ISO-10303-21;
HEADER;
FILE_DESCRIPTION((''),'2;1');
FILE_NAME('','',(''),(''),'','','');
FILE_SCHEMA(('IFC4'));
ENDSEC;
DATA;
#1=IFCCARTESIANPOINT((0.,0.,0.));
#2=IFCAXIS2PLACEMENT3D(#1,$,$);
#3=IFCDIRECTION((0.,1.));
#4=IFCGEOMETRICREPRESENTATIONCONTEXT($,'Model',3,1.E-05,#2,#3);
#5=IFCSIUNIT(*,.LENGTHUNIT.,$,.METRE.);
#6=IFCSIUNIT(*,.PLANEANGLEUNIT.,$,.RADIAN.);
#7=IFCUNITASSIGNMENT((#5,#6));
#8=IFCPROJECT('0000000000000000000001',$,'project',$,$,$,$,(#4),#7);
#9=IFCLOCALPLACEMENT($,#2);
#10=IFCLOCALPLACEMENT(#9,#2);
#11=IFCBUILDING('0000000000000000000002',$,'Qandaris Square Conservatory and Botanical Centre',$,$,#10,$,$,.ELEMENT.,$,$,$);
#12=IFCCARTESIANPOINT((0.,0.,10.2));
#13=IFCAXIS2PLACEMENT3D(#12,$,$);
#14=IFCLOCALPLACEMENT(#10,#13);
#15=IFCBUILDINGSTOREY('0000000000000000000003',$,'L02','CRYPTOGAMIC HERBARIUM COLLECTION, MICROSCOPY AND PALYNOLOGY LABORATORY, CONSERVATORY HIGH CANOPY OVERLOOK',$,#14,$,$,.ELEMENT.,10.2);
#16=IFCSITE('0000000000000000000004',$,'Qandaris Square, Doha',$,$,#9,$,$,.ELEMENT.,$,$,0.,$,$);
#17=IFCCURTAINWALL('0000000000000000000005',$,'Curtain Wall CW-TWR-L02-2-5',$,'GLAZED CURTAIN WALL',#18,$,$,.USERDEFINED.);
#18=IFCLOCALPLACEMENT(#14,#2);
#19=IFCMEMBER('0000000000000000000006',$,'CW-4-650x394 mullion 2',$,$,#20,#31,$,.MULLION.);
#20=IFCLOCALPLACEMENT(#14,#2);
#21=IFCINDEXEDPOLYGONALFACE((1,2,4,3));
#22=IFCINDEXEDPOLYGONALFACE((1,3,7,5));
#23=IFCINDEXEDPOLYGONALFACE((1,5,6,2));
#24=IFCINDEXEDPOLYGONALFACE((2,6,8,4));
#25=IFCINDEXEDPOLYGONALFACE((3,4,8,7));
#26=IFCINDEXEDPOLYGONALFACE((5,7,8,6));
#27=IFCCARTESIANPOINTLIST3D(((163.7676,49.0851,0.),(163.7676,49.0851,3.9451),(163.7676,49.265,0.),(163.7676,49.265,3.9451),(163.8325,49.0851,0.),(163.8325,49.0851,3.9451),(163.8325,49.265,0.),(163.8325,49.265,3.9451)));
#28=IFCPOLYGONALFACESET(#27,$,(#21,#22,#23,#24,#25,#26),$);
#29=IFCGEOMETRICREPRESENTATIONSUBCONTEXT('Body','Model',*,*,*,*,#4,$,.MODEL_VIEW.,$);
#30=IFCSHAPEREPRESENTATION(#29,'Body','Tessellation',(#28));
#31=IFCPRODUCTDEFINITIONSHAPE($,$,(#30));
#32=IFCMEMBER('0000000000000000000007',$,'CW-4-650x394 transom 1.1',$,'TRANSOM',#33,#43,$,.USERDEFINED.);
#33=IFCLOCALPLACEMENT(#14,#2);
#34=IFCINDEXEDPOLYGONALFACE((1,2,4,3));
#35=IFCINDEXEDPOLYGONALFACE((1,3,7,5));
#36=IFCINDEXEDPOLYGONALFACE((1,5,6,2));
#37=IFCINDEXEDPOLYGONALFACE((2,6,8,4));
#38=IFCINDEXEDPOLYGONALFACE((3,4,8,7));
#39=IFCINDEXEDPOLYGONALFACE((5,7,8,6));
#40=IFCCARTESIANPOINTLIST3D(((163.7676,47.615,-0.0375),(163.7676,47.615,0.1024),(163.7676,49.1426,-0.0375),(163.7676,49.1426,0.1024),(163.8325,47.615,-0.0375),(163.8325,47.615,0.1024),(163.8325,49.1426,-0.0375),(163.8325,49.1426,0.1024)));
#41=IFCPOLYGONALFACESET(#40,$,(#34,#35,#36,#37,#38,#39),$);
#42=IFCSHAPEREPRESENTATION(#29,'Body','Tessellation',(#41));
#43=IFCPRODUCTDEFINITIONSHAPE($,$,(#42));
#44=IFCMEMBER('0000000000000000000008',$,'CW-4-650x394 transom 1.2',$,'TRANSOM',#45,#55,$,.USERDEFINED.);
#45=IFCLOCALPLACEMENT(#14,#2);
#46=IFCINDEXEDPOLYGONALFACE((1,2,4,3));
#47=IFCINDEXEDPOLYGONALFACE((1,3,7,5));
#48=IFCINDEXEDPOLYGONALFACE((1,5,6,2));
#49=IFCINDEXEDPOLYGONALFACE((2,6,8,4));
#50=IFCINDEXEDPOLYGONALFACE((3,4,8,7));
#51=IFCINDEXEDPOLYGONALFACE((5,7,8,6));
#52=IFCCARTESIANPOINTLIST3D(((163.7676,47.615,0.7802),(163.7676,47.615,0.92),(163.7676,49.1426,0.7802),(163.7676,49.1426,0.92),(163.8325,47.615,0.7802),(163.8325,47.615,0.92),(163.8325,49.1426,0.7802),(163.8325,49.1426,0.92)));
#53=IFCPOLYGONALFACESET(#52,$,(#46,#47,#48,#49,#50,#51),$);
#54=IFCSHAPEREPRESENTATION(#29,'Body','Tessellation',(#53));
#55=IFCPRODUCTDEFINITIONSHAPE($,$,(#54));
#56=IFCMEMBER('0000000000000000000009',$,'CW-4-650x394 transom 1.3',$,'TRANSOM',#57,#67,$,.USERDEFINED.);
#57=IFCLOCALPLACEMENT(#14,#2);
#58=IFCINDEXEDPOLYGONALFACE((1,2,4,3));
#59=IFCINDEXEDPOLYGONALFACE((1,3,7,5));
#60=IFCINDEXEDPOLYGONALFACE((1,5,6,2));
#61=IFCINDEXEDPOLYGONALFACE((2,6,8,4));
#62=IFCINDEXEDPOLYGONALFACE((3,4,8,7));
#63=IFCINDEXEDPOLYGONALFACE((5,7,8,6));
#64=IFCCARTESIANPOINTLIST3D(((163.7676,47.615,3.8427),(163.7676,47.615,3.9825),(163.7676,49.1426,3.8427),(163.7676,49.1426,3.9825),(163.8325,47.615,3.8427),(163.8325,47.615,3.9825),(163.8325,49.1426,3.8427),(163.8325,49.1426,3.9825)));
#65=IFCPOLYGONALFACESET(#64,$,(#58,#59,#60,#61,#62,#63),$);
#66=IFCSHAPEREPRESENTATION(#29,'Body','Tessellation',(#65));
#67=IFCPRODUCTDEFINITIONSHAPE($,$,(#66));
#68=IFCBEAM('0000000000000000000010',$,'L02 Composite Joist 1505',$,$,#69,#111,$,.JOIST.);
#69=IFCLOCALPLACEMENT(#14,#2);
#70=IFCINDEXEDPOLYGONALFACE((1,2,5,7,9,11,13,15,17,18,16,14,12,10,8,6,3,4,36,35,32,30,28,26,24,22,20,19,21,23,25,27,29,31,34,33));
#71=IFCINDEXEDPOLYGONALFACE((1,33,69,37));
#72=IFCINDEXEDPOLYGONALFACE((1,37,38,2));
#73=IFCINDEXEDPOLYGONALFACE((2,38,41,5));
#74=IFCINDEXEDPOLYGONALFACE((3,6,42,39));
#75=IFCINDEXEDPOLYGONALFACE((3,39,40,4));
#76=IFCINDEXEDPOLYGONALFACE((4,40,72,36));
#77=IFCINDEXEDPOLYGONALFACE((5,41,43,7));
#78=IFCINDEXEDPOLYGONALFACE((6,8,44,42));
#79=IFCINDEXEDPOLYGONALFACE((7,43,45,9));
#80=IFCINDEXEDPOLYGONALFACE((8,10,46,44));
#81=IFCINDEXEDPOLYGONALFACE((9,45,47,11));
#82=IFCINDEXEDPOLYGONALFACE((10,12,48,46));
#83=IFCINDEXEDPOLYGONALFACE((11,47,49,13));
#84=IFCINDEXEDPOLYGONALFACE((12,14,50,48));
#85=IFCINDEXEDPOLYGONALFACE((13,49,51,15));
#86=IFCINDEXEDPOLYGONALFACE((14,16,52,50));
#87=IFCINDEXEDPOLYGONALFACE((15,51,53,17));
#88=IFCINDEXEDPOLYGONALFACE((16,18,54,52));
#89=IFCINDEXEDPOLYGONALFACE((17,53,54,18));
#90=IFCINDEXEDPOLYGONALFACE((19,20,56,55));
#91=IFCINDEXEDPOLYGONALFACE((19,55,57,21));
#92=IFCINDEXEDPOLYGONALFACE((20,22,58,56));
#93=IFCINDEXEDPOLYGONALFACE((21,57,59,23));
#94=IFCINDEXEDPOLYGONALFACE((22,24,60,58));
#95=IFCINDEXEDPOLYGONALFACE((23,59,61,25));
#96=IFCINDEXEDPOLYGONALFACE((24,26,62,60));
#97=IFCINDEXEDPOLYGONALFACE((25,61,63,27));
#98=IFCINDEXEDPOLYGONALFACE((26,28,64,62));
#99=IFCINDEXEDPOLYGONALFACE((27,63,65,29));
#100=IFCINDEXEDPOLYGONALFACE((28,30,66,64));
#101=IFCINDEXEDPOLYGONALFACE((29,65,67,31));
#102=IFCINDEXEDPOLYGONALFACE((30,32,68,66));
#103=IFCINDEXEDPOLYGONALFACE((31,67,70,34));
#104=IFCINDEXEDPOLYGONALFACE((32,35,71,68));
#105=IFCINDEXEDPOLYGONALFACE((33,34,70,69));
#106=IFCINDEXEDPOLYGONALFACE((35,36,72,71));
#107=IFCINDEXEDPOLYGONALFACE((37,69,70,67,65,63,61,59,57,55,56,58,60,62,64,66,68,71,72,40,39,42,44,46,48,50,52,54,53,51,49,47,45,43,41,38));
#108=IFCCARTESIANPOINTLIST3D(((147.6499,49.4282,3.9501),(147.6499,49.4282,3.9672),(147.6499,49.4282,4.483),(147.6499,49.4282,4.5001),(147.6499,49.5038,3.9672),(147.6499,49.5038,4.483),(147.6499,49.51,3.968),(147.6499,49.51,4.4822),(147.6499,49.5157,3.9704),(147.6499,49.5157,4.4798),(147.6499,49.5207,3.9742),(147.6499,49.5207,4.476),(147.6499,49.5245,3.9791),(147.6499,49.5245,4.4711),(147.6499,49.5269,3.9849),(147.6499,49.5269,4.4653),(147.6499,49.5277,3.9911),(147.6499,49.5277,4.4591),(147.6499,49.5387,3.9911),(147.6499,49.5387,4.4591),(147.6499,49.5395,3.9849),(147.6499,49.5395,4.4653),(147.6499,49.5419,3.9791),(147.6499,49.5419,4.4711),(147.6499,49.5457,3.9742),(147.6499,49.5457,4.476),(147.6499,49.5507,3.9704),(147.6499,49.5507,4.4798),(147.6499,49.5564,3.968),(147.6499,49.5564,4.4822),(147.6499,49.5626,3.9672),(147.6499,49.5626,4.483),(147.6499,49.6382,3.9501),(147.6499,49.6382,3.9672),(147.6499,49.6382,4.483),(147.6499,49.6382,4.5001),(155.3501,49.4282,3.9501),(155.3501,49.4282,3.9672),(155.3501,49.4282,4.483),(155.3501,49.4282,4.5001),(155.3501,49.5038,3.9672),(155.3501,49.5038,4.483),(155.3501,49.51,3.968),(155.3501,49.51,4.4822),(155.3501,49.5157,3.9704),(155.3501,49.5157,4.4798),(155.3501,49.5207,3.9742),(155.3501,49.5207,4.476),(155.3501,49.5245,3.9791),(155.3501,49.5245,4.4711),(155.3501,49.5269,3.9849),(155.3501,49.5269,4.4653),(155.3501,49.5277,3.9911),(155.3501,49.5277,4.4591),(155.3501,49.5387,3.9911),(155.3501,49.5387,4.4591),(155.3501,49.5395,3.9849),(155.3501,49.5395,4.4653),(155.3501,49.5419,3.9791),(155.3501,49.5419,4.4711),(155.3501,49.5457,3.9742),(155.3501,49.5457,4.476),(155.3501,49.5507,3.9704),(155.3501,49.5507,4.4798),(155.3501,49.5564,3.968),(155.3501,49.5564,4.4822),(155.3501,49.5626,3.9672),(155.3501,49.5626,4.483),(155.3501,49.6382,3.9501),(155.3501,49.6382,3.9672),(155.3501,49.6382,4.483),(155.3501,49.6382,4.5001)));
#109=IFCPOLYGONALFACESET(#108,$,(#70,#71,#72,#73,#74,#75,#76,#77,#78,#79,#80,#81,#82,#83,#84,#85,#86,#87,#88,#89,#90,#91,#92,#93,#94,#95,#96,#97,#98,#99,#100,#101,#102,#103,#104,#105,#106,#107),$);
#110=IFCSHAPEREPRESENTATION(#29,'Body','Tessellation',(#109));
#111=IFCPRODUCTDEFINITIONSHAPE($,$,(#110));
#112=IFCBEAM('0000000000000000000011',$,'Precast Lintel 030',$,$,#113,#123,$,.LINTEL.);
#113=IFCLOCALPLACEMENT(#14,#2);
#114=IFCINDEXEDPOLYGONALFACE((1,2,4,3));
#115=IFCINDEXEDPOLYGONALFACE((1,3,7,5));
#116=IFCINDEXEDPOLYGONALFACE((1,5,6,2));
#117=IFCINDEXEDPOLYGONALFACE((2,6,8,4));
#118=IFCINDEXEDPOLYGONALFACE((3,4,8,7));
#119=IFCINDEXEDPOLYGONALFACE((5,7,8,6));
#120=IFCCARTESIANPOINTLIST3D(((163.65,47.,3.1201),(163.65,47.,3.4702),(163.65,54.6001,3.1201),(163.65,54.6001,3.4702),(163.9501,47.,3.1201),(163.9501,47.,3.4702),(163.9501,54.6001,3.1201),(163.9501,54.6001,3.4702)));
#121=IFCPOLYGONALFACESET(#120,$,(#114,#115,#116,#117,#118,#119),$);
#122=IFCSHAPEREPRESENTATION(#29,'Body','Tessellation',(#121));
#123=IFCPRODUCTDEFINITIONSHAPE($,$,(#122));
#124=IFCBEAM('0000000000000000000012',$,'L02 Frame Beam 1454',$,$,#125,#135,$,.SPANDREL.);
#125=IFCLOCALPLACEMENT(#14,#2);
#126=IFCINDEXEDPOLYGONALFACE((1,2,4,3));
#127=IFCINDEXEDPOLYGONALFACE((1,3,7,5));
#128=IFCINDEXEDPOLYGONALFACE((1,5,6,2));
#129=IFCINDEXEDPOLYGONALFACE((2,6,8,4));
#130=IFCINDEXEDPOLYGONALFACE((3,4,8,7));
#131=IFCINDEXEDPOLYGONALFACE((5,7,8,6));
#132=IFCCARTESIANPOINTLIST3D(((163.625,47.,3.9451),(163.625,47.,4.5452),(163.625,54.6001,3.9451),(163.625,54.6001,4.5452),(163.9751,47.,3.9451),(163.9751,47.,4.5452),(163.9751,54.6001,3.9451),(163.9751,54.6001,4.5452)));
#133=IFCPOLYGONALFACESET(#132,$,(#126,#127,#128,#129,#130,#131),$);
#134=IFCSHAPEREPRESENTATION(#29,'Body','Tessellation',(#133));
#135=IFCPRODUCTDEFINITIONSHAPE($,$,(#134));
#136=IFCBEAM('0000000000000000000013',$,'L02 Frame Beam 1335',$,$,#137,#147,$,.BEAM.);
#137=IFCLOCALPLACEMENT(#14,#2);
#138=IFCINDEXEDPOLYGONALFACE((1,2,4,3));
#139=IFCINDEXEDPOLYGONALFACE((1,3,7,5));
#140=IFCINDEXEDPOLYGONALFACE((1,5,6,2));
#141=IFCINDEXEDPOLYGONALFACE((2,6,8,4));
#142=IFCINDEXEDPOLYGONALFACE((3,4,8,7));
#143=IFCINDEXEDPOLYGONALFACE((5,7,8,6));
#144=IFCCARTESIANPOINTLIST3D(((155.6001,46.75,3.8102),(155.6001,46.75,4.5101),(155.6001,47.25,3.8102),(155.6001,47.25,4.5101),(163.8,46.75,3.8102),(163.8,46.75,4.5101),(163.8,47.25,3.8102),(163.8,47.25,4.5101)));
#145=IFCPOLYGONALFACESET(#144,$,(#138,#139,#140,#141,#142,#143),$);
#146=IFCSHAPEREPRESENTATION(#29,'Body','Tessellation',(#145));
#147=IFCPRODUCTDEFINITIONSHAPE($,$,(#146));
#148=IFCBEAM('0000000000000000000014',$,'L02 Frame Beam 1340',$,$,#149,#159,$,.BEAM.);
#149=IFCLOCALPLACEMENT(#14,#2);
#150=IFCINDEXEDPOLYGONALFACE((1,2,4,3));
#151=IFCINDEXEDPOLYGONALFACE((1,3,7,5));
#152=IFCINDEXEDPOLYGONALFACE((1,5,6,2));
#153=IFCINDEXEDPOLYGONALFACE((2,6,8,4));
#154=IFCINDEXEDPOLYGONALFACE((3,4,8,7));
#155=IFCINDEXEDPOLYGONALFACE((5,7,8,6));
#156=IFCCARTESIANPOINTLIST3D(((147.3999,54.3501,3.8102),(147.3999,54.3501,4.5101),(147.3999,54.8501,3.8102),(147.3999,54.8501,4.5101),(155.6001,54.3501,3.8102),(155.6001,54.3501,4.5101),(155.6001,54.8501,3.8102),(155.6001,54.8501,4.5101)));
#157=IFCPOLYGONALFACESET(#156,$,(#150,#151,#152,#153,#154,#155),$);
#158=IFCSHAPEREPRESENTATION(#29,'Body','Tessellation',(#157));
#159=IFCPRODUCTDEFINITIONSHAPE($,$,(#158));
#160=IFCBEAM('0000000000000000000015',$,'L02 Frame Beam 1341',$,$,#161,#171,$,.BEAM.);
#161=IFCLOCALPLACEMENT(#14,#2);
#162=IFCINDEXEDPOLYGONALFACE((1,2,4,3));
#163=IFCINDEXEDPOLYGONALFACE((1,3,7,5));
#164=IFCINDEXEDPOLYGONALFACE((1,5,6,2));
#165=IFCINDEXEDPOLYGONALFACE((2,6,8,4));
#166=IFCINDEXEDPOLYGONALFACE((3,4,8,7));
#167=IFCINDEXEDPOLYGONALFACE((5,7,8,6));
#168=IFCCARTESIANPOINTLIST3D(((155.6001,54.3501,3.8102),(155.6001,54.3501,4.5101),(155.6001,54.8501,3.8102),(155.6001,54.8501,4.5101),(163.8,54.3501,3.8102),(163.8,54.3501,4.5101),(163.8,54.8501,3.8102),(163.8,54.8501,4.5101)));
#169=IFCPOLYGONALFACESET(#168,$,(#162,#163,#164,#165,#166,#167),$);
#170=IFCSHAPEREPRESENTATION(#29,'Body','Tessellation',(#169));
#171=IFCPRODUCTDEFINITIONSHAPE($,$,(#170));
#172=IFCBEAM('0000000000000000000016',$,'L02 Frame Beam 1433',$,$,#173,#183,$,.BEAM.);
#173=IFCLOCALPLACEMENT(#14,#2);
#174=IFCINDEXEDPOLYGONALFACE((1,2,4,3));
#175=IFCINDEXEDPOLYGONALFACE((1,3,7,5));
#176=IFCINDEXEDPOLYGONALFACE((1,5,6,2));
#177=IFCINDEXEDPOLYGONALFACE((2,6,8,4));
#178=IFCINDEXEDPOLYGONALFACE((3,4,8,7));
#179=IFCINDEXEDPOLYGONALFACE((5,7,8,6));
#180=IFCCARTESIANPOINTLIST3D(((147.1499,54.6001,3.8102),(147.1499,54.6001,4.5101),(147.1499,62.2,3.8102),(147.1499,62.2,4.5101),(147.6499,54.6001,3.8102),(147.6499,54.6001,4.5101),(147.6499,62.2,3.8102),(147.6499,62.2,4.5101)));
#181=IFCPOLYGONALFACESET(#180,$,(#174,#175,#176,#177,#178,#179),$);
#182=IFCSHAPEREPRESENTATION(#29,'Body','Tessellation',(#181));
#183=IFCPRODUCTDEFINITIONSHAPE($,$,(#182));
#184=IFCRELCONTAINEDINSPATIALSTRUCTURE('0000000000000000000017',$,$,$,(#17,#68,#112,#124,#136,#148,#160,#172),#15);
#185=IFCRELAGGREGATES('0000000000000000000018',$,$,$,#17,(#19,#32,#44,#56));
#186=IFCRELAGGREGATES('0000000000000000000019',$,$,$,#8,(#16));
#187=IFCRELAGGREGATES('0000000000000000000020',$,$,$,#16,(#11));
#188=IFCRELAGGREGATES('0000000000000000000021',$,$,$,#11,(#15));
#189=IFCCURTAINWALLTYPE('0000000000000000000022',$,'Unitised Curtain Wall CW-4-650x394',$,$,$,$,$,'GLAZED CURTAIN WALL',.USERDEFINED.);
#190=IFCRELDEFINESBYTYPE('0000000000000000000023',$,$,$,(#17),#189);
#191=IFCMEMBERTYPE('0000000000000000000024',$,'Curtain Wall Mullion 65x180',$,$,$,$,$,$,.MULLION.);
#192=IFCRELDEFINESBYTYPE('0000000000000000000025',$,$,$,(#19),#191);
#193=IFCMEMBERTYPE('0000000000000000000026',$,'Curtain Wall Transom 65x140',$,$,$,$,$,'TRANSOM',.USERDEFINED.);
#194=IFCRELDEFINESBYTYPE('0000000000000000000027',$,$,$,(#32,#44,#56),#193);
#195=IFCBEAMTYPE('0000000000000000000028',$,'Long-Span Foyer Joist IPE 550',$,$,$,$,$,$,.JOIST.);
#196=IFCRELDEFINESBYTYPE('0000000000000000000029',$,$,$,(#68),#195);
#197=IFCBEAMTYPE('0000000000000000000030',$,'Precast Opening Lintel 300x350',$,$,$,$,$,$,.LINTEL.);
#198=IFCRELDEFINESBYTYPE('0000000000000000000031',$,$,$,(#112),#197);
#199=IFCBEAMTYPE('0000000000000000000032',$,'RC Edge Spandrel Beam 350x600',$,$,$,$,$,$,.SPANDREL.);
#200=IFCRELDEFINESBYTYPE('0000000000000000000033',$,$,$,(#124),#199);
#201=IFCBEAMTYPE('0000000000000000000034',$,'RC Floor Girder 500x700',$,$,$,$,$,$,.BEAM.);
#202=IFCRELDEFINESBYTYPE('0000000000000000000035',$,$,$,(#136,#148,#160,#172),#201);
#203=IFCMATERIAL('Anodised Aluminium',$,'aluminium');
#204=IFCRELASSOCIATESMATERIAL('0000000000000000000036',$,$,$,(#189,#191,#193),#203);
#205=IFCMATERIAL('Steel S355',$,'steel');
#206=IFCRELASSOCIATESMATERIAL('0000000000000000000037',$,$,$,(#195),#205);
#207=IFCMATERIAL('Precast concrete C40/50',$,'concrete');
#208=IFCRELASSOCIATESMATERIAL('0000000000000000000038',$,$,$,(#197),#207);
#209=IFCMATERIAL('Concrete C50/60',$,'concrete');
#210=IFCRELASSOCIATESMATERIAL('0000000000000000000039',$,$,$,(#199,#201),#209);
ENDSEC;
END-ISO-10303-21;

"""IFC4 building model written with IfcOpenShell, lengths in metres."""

from ifc_helpers import new_model, si_unit, direction, frame, origin, origin_2d, place, context, subcontext, project, spatial, rectangle, i_section, extrude, material, material_profile, profile_set, type_object, element, aggregate, save


model = new_model("IFC4")

# Units and contexts
model_context = context("Model", 3, precision=1e-05, world=origin(), true_north=direction((0.0, 1.0)))
body_context = subcontext(model_context, "Body", "Model", "MODEL_VIEW")
ifc_project = project(units=[si_unit("LENGTHUNIT", "METRE"), si_unit("PLANEANGLEUNIT", "RADIAN")], contexts=[model_context])

# Site, building, storey
site_placement = place(None, origin())
site = spatial("IfcSite", under=ifc_project, at=site_placement, Name="Qandaris Square, Doha", CompositionType="ELEMENT", RefElevation=0.0)
building_placement = place(site_placement, origin())
building = spatial("IfcBuilding", under=site, at=building_placement, Name="Qandaris Square Conservatory and Botanical Centre", CompositionType="ELEMENT")
storey_placement = place(building_placement, frame((0.0, 0.0, 10.2)))
storey = spatial("IfcBuildingStorey", under=building, at=storey_placement, Name="L02", Description="CRYPTOGAMIC HERBARIUM COLLECTION, MICROSCOPY AND PALYNOLOGY LABORATORY, CONSERVATORY HIGH CANOPY OVERLOOK", CompositionType="ELEMENT", Elevation=10.2)

# Shared definitions
ifc_material_1 = material(Name="Concrete C50/60", Category="concrete")

# Shared definitions
ifc_material_2 = material(Name="Steel S355", Category="steel")

# Curtain wall, members
ifc_material_3 = material(Name="Anodised Aluminium", Category="aluminium")
curtain_wall_type = type_object("IfcCurtainWallType", Name="Unitised Curtain Wall CW-4-650x394", ElementType="GLAZED CURTAIN WALL", PredefinedType="USERDEFINED", material=ifc_material_3)
curtain_wall_placement = place(storey_placement, origin())
curtain_wall = element("IfcCurtainWall", 1, at=curtain_wall_placement, inside=storey, type_object=curtain_wall_type, Name="Curtain Wall CW-TWR-L02-2-5", ObjectType="GLAZED CURTAIN WALL", PredefinedType="USERDEFINED")
ifc_material_profile_1 = material_profile(ifc_material_3, rectangle(XDim=0.0649, YDim=0.1799, at=origin_2d()), Name="ALU-MUL 65x180")
ifc_profile_set_1 = profile_set([ifc_material_profile_1], Name="Anodised Aluminium")
member_type_1 = type_object("IfcMemberType", Name="Curtain Wall Mullion 65x180", PredefinedType="MULLION", material=ifc_profile_set_1)
member_1_placement = place(storey_placement, frame((163.8, 49.175, 0.0), z_axis=(0.0, 0.0, 1.0), x_axis=(-1.0, 0.0, 0.0)))
member_1 = element("IfcMember", 2, at=member_1_placement, type_object=member_type_1, Name="CW-4-650x394 mullion 2", PredefinedType="MULLION", context=body_context, shape_type="SweptSolid", body=[
    extrude(rectangle(XDim=0.0649, YDim=0.1799, at=origin_2d()), origin(), (0.0, 0.0, 1.0), 3.9451),
])
ifc_material_profile_2 = material_profile(ifc_material_3, rectangle(XDim=0.0649, YDim=0.1399, at=origin_2d()), Name="ALU-TRN 65x140")
ifc_profile_set_2 = profile_set([ifc_material_profile_2], Name="Anodised Aluminium")
member_type_2 = type_object("IfcMemberType", Name="Curtain Wall Transom 65x140", ElementType="TRANSOM", PredefinedType="USERDEFINED", material=ifc_profile_set_2)
member_2_placement = place(storey_placement, frame((163.8, 47.615, 0.0325), z_axis=(0.0, 1.0, 0.0), x_axis=(-1.0, 0.0, 0.0)))
member_2 = element("IfcMember", 3, at=member_2_placement, type_object=member_type_2, Name="CW-4-650x394 transom 1.1", ObjectType="TRANSOM", PredefinedType="USERDEFINED", context=body_context, shape_type="SweptSolid", body=[
    extrude(rectangle(XDim=0.0649, YDim=0.1399, at=origin_2d()), origin(), (0.0, 0.0, 1.0), 1.5276),
])
member_3_placement = place(storey_placement, frame((163.8, 47.615, 0.8501), z_axis=(0.0, 1.0, 0.0), x_axis=(-1.0, 0.0, 0.0)))
member_3 = element("IfcMember", 4, at=member_3_placement, type_object=member_type_2, Name="CW-4-650x394 transom 1.2", ObjectType="TRANSOM", PredefinedType="USERDEFINED", context=body_context, shape_type="SweptSolid", body=[
    extrude(rectangle(XDim=0.0649, YDim=0.1399, at=origin_2d()), origin(), (0.0, 0.0, 1.0), 1.5276),
])
member_4_placement = place(storey_placement, frame((163.8, 47.615, 3.9126), z_axis=(0.0, 1.0, 0.0), x_axis=(-1.0, 0.0, 0.0)))
member_4 = element("IfcMember", 5, at=member_4_placement, type_object=member_type_2, Name="CW-4-650x394 transom 1.3", ObjectType="TRANSOM", PredefinedType="USERDEFINED", context=body_context, shape_type="SweptSolid", body=[
    extrude(rectangle(XDim=0.0649, YDim=0.1399, at=origin_2d()), origin(), (0.0, 0.0, 1.0), 1.5276),
])

# Beams
ifc_material_profile_3 = material_profile(ifc_material_2, i_section(OverallWidth=0.21, OverallDepth=0.55, WebThickness=0.011, FlangeThickness=0.0171, FilletRadius=0.0239, at=origin_2d()), Name="IPE 550")
ifc_profile_set_3 = profile_set([ifc_material_profile_3], Name="Steel S355")
beam_type_1 = type_object("IfcBeamType", Name="Long-Span Foyer Joist IPE 550", PredefinedType="JOIST", material=ifc_profile_set_3)
beam_1_placement = place(storey_placement, frame((147.6499, 49.5332, 4.2251), z_axis=(1.0, 0.0, 0.0), x_axis=(0.0, 1.0, 0.0)))
element("IfcBeam", 6, at=beam_1_placement, inside=storey, type_object=beam_type_1, Name="L02 Composite Joist 1505", PredefinedType="JOIST", context=body_context, shape_type="SweptSolid", body=[
    extrude(i_section(OverallWidth=0.21, OverallDepth=0.55, WebThickness=0.011, FlangeThickness=0.0171, FilletRadius=0.0239, at=origin_2d()), origin(), (0.0, 0.0, 1.0), 7.7002),
])
ifc_material_4 = material(Name="Precast concrete C40/50", Category="concrete")
ifc_material_profile_4 = material_profile(ifc_material_4, rectangle(XDim=0.3, YDim=0.3501, at=origin_2d()), Name="RC-LN 300x350")
ifc_profile_set_4 = profile_set([ifc_material_profile_4], Name="Precast concrete C40/50")
beam_type_2 = type_object("IfcBeamType", Name="Precast Opening Lintel 300x350", PredefinedType="LINTEL", material=ifc_profile_set_4)
beam_2_placement = place(storey_placement, frame((163.8, 47.0, 3.2952), z_axis=(0.0, 1.0, 0.0), x_axis=(-1.0, 0.0, 0.0)))
element("IfcBeam", 7, at=beam_2_placement, inside=storey, type_object=beam_type_2, Name="Precast Lintel 030", PredefinedType="LINTEL", context=body_context, shape_type="SweptSolid", body=[
    extrude(rectangle(XDim=0.3, YDim=0.3501, at=origin_2d()), origin(), (0.0, 0.0, 1.0), 7.6001),
])
ifc_material_profile_5 = material_profile(ifc_material_1, rectangle(XDim=0.3501, YDim=0.6001, at=origin_2d()), Name="RC-SP 350x600")
ifc_profile_set_5 = profile_set([ifc_material_profile_5], Name="Concrete C50/60")
beam_type_3 = type_object("IfcBeamType", Name="RC Edge Spandrel Beam 350x600", PredefinedType="SPANDREL", material=ifc_profile_set_5)
beam_3_placement = place(storey_placement, frame((163.8, 47.0, 4.2451), z_axis=(0.0, 1.0, 0.0), x_axis=(-1.0, 0.0, 0.0)))
element("IfcBeam", 8, at=beam_3_placement, inside=storey, type_object=beam_type_3, Name="L02 Frame Beam 1454", PredefinedType="SPANDREL", context=body_context, shape_type="SweptSolid", body=[
    extrude(rectangle(XDim=0.3501, YDim=0.6001, at=origin_2d()), origin(), (0.0, 0.0, 1.0), 7.6001),
])
ifc_material_profile_6 = material_profile(ifc_material_1, rectangle(XDim=0.5, YDim=0.7, at=origin_2d()), Name="RC-BM 500x700")
ifc_profile_set_6 = profile_set([ifc_material_profile_6], Name="Concrete C50/60")
beam_type_4 = type_object("IfcBeamType", Name="RC Floor Girder 500x700", PredefinedType="BEAM", material=ifc_profile_set_6)
beam_4_placement = place(storey_placement, frame((155.6001, 47.0, 4.1602), z_axis=(1.0, 0.0, 0.0), x_axis=(0.0, 1.0, 0.0)))
element("IfcBeam", 9, at=beam_4_placement, inside=storey, type_object=beam_type_4, Name="L02 Frame Beam 1335", PredefinedType="BEAM", context=body_context, shape_type="SweptSolid", body=[
    extrude(rectangle(XDim=0.5, YDim=0.7, at=origin_2d()), origin(), (0.0, 0.0, 1.0), 8.2),
])
beam_5_placement = place(storey_placement, frame((147.3999, 54.6001, 4.1602), z_axis=(1.0, 0.0, 0.0), x_axis=(0.0, 1.0, 0.0)))
element("IfcBeam", 10, at=beam_5_placement, inside=storey, type_object=beam_type_4, Name="L02 Frame Beam 1340", PredefinedType="BEAM", context=body_context, shape_type="SweptSolid", body=[
    extrude(rectangle(XDim=0.5, YDim=0.7, at=origin_2d()), origin(), (0.0, 0.0, 1.0), 8.2002),
])
beam_6_placement = place(storey_placement, frame((155.6001, 54.6001, 4.1602), z_axis=(1.0, 0.0, 0.0), x_axis=(0.0, 1.0, 0.0)))
element("IfcBeam", 11, at=beam_6_placement, inside=storey, type_object=beam_type_4, Name="L02 Frame Beam 1341", PredefinedType="BEAM", context=body_context, shape_type="SweptSolid", body=[
    extrude(rectangle(XDim=0.5, YDim=0.7, at=origin_2d()), origin(), (0.0, 0.0, 1.0), 8.2),
])
beam_7_placement = place(storey_placement, frame((147.3999, 54.6001, 4.1602), z_axis=(0.0, 1.0, 0.0), x_axis=(-1.0, 0.0, 0.0)))
element("IfcBeam", 12, at=beam_7_placement, inside=storey, type_object=beam_type_4, Name="L02 Frame Beam 1433", PredefinedType="BEAM", context=body_context, shape_type="SweptSolid", body=[
    extrude(rectangle(XDim=0.5, YDim=0.7, at=origin_2d()), origin(), (0.0, 0.0, 1.0), 7.5999),
])

aggregate(curtain_wall, [member_1, member_2, member_3, member_4])

save(model, "model.ifc")
